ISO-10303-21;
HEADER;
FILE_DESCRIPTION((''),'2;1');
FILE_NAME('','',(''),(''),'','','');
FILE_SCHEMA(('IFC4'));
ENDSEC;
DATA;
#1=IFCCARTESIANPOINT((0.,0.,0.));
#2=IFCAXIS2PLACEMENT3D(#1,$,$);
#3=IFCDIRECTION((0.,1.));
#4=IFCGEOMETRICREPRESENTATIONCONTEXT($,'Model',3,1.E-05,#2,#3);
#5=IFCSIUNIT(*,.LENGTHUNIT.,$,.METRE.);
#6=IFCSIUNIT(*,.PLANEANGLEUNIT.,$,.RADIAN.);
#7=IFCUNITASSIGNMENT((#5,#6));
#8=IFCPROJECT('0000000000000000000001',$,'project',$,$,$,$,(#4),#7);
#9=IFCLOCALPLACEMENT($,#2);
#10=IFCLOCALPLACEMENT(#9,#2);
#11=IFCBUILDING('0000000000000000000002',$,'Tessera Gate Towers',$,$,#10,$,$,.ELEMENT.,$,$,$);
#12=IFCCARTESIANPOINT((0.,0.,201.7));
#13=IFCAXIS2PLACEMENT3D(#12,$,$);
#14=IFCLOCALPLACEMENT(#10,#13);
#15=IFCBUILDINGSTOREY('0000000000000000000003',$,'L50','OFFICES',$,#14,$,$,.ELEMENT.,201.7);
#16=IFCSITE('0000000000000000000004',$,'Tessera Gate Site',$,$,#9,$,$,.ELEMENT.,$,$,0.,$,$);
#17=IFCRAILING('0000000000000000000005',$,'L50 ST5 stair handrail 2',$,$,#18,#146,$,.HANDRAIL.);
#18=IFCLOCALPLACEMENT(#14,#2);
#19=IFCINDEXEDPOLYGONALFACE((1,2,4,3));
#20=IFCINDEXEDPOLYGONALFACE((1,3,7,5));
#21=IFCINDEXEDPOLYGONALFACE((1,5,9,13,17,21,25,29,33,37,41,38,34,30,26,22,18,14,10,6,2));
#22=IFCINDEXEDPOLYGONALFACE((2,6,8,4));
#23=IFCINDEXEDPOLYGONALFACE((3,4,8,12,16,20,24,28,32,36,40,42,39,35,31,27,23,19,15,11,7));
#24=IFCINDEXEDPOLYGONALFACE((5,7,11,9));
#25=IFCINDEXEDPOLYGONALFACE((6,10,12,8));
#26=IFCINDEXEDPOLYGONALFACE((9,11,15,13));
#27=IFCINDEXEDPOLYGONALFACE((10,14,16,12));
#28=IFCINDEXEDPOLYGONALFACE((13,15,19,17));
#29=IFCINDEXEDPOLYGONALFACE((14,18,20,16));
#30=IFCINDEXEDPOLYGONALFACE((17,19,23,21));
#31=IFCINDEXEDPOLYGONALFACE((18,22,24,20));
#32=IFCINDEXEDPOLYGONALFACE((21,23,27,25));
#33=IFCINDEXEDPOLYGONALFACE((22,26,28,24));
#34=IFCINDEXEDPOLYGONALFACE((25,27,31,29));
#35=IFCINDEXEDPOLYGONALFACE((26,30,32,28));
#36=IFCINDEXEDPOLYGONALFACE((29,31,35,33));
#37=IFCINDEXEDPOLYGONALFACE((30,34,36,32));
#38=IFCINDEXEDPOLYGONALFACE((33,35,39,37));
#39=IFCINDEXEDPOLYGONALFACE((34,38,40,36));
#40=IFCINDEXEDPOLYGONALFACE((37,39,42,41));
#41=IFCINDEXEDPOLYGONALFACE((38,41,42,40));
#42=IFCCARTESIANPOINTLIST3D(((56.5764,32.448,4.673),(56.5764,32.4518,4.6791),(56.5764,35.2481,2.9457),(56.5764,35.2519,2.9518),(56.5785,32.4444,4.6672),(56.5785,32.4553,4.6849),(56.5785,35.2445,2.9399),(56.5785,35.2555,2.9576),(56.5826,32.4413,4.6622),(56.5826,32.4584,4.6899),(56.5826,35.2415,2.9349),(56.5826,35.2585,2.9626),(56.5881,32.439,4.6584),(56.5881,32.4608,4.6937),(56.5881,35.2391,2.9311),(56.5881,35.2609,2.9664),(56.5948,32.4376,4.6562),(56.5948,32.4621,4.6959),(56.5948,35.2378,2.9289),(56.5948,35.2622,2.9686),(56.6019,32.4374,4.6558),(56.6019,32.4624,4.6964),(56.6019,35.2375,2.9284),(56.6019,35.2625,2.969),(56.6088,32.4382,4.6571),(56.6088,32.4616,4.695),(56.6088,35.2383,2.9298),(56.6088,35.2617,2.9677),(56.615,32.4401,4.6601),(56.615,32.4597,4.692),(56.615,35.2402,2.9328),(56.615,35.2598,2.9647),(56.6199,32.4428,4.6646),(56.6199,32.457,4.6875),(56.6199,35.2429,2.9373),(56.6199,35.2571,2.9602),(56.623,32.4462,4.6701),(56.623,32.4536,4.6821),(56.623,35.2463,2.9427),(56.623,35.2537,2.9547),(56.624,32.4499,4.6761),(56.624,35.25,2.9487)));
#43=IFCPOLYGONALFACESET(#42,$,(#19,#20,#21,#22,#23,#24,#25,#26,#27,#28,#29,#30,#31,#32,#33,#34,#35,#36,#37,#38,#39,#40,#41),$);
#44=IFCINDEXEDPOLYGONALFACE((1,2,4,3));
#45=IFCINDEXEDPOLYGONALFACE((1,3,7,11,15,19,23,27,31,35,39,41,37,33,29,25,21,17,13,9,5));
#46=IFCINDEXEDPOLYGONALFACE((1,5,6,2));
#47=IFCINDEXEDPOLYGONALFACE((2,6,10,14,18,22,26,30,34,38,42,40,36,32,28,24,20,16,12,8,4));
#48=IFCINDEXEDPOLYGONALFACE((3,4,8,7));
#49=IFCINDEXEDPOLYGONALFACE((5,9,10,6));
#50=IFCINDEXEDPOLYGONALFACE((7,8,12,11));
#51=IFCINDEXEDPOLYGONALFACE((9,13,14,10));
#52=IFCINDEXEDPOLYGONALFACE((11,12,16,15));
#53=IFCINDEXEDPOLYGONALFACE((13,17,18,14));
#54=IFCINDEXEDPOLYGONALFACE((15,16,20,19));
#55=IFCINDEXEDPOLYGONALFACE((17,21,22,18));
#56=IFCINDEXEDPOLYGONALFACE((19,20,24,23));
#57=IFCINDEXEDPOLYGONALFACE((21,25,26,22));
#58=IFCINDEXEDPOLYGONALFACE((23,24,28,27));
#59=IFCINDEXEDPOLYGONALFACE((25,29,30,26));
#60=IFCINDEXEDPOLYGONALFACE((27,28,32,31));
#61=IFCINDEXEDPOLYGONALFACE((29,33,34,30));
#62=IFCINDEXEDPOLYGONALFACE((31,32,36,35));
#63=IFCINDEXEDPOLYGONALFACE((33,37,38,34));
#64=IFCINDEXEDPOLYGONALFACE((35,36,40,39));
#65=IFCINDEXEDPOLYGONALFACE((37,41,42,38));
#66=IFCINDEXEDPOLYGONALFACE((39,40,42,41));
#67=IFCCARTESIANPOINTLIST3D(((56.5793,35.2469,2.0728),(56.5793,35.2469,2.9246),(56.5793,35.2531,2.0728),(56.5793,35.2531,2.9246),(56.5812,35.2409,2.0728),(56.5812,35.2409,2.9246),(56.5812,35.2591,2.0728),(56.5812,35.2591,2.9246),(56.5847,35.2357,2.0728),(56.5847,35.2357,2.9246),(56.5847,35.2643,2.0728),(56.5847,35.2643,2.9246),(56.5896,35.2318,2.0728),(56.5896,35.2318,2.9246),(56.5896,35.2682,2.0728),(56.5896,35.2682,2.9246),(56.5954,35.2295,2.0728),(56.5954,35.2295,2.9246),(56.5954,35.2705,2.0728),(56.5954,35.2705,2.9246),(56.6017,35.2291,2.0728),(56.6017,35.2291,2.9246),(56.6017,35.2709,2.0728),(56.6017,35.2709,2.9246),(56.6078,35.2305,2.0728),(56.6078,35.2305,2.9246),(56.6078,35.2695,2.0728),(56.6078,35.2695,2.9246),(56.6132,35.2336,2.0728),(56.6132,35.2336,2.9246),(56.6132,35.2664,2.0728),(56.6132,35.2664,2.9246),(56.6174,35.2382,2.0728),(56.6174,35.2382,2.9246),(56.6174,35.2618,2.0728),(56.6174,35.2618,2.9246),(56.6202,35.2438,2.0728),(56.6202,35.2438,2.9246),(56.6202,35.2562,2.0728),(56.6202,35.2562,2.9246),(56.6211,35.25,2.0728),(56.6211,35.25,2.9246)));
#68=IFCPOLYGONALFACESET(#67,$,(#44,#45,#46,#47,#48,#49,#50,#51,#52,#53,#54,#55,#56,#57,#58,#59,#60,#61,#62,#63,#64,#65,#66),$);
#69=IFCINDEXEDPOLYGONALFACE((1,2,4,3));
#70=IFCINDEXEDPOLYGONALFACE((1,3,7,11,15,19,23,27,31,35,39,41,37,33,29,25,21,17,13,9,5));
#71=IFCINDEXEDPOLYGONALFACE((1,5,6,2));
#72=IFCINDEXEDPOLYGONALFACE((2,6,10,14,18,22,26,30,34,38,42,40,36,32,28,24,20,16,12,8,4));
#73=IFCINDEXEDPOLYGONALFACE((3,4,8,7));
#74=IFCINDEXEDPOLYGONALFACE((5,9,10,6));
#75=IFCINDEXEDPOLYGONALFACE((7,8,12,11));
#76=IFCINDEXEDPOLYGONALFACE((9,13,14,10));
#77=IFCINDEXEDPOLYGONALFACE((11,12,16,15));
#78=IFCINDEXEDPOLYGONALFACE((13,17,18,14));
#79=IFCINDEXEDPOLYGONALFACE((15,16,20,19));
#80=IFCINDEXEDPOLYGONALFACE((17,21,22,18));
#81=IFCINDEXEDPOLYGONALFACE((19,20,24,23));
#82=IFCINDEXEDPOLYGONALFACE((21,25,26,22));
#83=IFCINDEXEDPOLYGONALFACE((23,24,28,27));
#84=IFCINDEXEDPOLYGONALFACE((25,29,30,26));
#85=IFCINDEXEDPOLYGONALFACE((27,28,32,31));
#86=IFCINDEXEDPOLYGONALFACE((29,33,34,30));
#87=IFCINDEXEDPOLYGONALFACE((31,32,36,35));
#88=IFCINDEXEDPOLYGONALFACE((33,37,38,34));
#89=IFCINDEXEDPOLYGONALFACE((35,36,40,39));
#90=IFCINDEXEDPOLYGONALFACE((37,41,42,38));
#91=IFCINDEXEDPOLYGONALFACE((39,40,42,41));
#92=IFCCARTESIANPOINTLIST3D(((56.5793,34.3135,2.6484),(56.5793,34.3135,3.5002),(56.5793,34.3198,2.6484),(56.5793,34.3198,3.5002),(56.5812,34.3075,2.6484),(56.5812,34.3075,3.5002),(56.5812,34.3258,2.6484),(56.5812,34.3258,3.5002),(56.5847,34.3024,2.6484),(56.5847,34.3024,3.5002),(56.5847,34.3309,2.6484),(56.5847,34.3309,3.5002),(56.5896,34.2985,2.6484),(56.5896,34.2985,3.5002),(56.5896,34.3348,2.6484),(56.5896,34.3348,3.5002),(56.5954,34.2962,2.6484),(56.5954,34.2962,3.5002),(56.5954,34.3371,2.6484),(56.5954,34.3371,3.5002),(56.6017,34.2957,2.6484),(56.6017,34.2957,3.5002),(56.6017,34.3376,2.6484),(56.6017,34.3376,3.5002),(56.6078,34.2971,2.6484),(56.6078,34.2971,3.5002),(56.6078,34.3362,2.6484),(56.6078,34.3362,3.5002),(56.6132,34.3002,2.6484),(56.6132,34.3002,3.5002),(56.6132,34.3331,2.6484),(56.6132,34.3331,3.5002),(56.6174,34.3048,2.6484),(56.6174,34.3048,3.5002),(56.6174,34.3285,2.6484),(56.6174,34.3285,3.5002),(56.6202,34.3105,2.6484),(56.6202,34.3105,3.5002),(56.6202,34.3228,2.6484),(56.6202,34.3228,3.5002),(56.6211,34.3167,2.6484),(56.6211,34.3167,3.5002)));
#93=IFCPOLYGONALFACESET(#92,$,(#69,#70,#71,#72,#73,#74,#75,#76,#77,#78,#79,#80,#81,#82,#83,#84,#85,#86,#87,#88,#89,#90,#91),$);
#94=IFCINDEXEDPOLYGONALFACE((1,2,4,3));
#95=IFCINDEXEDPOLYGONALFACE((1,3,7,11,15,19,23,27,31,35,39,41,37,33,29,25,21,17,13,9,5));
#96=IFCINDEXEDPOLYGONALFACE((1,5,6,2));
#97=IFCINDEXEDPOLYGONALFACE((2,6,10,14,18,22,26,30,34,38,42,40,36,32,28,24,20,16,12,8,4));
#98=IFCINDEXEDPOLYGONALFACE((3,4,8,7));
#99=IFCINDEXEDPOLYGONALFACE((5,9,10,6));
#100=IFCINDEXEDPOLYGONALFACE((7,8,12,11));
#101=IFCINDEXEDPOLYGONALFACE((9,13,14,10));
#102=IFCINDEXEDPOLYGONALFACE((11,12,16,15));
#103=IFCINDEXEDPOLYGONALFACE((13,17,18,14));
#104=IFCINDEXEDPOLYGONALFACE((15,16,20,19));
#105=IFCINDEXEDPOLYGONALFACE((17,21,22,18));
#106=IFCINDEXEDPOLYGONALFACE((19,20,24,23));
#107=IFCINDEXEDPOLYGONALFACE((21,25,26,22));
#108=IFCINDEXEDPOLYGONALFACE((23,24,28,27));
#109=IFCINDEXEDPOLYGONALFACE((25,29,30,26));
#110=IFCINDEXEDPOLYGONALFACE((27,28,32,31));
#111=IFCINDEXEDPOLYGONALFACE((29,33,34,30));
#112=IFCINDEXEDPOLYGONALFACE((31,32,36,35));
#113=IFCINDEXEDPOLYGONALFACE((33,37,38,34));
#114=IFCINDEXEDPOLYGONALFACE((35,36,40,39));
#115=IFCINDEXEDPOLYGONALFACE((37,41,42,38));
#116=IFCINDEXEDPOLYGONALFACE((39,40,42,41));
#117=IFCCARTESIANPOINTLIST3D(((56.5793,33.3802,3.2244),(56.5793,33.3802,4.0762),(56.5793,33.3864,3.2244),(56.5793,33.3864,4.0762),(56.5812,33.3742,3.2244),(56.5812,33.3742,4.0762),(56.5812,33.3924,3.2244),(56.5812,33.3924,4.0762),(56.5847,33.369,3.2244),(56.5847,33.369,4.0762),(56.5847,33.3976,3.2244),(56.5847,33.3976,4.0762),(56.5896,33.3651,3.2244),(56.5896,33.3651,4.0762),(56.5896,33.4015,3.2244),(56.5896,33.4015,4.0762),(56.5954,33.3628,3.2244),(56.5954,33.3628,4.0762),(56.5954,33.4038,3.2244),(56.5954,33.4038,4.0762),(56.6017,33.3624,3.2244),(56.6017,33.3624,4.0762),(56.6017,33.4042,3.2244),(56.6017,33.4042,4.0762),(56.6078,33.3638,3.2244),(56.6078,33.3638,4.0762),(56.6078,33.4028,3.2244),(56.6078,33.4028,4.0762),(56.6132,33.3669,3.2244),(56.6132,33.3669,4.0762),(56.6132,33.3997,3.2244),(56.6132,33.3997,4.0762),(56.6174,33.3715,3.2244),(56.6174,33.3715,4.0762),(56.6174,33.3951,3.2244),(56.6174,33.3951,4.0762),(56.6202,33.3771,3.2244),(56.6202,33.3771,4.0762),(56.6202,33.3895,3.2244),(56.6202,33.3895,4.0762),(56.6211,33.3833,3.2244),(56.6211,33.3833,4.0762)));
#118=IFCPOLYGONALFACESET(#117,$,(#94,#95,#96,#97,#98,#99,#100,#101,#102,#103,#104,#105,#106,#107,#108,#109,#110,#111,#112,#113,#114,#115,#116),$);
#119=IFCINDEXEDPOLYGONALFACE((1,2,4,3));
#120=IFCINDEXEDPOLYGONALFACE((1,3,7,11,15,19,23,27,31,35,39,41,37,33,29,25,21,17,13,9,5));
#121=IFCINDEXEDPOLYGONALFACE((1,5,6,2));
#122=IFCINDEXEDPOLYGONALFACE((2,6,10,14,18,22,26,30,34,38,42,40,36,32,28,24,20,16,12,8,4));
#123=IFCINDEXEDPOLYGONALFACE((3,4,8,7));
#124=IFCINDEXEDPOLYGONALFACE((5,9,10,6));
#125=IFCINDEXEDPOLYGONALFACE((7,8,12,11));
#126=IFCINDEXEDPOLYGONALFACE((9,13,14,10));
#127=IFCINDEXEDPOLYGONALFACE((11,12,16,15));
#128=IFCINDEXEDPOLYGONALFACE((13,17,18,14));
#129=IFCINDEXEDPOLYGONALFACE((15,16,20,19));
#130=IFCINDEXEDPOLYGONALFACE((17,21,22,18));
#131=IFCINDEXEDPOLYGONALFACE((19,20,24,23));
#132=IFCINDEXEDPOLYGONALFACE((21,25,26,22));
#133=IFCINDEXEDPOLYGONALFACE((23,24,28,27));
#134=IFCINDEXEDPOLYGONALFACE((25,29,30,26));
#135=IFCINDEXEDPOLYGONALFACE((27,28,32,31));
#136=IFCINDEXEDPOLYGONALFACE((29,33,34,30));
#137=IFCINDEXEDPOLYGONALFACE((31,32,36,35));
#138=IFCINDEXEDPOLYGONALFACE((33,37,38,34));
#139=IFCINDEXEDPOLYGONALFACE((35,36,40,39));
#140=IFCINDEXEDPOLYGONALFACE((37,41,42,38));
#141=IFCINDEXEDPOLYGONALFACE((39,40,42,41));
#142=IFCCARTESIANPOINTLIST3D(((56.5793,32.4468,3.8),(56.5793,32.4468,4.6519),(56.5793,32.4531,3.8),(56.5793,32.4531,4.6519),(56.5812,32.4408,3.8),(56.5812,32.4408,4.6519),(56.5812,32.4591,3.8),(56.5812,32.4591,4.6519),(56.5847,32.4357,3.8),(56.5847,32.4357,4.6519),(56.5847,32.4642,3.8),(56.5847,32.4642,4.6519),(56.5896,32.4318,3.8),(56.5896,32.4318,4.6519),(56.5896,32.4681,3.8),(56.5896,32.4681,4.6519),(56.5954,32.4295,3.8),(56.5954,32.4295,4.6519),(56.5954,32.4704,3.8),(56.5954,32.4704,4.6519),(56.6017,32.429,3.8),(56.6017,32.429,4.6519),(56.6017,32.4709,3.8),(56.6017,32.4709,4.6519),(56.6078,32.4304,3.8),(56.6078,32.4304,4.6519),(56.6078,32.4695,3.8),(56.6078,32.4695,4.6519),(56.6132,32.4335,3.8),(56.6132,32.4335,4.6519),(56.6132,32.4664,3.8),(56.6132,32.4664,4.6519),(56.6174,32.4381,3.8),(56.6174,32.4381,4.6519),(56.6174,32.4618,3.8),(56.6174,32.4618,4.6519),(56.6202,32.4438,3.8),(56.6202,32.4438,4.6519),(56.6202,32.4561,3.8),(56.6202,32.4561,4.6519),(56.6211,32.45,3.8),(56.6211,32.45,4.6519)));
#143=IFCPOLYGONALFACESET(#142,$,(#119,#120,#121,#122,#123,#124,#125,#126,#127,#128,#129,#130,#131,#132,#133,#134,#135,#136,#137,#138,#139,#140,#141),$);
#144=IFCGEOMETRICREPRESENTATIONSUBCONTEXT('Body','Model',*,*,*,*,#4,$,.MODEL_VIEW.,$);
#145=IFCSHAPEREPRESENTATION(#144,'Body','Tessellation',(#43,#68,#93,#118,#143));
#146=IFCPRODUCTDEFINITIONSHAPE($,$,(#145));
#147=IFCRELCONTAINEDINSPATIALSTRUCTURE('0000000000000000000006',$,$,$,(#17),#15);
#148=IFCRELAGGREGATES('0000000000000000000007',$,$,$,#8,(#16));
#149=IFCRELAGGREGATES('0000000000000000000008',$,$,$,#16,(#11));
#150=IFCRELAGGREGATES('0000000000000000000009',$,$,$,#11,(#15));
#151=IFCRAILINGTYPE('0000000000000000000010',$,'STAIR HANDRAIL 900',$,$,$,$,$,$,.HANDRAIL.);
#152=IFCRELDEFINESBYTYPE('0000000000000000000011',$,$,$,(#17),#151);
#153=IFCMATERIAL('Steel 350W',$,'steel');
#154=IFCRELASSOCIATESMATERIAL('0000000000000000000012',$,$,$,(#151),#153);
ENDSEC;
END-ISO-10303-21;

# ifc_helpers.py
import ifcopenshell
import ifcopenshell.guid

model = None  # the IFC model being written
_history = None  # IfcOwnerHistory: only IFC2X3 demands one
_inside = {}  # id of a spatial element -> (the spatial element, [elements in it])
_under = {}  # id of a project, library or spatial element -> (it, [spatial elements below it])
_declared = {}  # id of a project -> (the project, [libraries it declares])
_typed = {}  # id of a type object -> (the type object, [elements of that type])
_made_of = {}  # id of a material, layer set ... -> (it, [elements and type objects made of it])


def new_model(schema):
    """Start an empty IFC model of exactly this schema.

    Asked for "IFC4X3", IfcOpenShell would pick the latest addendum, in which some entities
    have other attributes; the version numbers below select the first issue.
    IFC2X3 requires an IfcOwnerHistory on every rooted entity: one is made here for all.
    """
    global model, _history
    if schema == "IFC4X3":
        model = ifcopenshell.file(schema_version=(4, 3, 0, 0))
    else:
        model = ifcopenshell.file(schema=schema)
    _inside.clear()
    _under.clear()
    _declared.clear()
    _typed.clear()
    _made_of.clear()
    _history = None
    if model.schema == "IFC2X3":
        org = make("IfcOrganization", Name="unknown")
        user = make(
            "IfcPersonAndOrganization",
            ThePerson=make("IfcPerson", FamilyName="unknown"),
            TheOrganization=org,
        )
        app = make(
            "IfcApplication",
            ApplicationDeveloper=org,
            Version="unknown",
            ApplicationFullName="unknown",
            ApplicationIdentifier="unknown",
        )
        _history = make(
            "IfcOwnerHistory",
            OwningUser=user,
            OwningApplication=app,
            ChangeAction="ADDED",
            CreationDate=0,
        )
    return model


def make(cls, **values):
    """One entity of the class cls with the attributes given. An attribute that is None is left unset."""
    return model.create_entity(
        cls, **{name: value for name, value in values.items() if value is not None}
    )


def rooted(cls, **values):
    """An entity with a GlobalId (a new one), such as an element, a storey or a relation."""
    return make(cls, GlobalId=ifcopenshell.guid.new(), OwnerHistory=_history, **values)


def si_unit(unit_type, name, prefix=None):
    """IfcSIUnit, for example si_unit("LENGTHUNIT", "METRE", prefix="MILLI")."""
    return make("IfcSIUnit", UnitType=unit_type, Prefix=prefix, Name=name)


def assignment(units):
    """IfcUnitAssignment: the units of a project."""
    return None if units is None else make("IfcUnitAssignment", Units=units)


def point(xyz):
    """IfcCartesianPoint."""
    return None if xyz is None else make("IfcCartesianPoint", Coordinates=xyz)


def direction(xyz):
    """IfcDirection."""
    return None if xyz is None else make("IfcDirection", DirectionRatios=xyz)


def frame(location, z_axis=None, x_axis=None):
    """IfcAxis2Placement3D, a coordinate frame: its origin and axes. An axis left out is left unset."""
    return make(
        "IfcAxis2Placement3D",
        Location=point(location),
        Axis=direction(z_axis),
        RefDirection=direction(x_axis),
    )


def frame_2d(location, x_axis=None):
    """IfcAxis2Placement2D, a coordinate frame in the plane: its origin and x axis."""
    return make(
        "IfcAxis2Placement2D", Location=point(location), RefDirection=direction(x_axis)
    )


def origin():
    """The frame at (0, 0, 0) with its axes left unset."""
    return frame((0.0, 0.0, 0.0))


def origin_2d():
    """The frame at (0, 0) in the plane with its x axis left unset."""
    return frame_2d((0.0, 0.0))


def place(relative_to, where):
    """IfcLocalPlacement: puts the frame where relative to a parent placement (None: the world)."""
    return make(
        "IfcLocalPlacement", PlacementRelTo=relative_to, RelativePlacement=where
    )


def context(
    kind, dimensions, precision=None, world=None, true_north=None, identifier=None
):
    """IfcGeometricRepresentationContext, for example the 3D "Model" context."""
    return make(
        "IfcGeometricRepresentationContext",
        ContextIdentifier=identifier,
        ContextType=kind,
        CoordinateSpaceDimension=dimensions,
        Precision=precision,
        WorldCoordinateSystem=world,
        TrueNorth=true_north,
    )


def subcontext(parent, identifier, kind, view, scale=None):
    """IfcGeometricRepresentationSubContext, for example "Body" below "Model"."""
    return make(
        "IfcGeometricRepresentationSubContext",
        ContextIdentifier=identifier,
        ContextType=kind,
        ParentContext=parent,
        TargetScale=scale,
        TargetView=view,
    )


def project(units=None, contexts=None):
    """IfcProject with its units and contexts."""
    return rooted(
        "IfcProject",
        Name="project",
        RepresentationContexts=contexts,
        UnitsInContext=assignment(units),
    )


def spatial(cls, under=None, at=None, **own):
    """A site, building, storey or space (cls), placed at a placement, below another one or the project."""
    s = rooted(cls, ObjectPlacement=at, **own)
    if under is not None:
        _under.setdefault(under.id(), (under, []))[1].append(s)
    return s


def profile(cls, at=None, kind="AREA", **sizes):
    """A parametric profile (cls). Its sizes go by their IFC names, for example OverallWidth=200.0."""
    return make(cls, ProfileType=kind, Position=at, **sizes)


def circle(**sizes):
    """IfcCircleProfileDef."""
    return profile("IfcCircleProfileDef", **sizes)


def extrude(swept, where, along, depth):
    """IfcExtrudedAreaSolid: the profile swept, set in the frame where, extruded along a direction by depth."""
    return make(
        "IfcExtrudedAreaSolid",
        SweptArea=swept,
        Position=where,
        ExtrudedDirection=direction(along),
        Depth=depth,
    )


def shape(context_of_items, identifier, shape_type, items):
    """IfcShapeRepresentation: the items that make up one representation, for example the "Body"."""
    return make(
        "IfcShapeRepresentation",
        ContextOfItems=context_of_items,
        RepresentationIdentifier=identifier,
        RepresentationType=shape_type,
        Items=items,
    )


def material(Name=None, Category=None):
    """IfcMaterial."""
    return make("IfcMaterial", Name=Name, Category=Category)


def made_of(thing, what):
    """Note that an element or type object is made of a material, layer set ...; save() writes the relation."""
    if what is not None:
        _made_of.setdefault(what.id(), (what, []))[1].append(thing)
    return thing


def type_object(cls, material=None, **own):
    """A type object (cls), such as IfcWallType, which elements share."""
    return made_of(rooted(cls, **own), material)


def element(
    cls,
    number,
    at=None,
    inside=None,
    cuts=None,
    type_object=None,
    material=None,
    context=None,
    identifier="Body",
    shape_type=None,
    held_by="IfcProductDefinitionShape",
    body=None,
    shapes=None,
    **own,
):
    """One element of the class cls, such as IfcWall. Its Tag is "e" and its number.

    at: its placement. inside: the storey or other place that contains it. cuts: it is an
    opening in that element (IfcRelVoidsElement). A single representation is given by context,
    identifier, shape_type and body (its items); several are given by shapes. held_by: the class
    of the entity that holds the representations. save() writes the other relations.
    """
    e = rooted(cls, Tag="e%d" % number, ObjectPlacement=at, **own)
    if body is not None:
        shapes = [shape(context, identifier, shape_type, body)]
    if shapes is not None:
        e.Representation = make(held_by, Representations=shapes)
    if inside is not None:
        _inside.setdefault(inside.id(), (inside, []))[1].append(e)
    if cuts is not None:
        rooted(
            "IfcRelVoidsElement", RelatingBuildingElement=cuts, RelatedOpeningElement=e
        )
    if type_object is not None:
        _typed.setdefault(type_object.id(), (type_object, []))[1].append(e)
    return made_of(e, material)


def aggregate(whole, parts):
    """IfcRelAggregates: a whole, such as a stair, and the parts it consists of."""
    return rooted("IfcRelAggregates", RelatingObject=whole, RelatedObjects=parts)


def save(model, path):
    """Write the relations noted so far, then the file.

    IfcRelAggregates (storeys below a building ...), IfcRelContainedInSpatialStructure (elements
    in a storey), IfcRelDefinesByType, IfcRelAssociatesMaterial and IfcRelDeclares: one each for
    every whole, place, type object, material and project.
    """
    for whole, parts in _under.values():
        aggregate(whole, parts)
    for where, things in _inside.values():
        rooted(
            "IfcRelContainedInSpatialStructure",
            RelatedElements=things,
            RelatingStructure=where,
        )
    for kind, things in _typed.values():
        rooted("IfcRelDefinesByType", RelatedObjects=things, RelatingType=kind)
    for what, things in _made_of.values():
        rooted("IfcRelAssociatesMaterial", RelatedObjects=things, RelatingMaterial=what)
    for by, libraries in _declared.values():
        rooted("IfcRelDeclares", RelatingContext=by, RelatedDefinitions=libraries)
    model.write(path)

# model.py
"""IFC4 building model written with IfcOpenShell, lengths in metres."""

from ifc_helpers import new_model, si_unit, direction, frame, origin, origin_2d, place, context, subcontext, project, spatial, circle, extrude, material, type_object, element, save


model = new_model("IFC4")

# Units and contexts
model_context = context("Model", 3, precision=1e-05, world=origin(), true_north=direction((0.0, 1.0)))
body_context = subcontext(model_context, "Body", "Model", "MODEL_VIEW")
ifc_project = project(units=[si_unit("LENGTHUNIT", "METRE"), si_unit("PLANEANGLEUNIT", "RADIAN")], contexts=[model_context])

# Site, building, storey
site_placement = place(None, origin())
site = spatial("IfcSite", under=ifc_project, at=site_placement, Name="Tessera Gate Site", CompositionType="ELEMENT", RefElevation=0.0)
building_placement = place(site_placement, origin())
building = spatial("IfcBuilding", under=site, at=building_placement, Name="Tessera Gate Towers", CompositionType="ELEMENT")
storey_placement = place(building_placement, frame((0.0, 0.0, 201.7)))
storey = spatial("IfcBuildingStorey", under=building, at=storey_placement, Name="L50", Description="OFFICES", CompositionType="ELEMENT", Elevation=201.7)

# Railing
ifc_material_1 = material(Name="Steel 350W", Category="steel")
railing_type_1 = type_object("IfcRailingType", Name="STAIR HANDRAIL 900", PredefinedType="HANDRAIL", material=ifc_material_1)
railing_1_placement = place(storey_placement, frame((56.6001, 35.25, 2.0728)))
element("IfcRailing", 1, at=railing_1_placement, inside=storey, type_object=railing_type_1, Name="L50 ST5 stair handrail 2", PredefinedType="HANDRAIL", context=body_context, shape_type="SweptSolid", body=[
    extrude(circle(Radius=0.0239, at=origin_2d()), frame((0.0, 0.0, 0.876), z_axis=(0.0, -0.85109, 0.52502), x_axis=(1.0, 0.0, 0.0)), (0.0, 0.0, 1.0), 3.29),
    extrude(circle(Radius=0.021, at=origin_2d()), origin(), (0.0, 0.0, 1.0), 0.8518),
    extrude(circle(Radius=0.021, at=origin_2d()), frame((0.0, -0.9333, 0.5757)), (0.0, 0.0, 1.0), 0.8518),
    extrude(circle(Radius=0.021, at=origin_2d()), frame((0.0, -1.8667, 1.1516)), (0.0, 0.0, 1.0), 0.8518),
    extrude(circle(Radius=0.021, at=origin_2d()), frame((0.0, -2.8, 1.7273)), (0.0, 0.0, 1.0), 0.8518),
])

save(model, "model.ifc")
